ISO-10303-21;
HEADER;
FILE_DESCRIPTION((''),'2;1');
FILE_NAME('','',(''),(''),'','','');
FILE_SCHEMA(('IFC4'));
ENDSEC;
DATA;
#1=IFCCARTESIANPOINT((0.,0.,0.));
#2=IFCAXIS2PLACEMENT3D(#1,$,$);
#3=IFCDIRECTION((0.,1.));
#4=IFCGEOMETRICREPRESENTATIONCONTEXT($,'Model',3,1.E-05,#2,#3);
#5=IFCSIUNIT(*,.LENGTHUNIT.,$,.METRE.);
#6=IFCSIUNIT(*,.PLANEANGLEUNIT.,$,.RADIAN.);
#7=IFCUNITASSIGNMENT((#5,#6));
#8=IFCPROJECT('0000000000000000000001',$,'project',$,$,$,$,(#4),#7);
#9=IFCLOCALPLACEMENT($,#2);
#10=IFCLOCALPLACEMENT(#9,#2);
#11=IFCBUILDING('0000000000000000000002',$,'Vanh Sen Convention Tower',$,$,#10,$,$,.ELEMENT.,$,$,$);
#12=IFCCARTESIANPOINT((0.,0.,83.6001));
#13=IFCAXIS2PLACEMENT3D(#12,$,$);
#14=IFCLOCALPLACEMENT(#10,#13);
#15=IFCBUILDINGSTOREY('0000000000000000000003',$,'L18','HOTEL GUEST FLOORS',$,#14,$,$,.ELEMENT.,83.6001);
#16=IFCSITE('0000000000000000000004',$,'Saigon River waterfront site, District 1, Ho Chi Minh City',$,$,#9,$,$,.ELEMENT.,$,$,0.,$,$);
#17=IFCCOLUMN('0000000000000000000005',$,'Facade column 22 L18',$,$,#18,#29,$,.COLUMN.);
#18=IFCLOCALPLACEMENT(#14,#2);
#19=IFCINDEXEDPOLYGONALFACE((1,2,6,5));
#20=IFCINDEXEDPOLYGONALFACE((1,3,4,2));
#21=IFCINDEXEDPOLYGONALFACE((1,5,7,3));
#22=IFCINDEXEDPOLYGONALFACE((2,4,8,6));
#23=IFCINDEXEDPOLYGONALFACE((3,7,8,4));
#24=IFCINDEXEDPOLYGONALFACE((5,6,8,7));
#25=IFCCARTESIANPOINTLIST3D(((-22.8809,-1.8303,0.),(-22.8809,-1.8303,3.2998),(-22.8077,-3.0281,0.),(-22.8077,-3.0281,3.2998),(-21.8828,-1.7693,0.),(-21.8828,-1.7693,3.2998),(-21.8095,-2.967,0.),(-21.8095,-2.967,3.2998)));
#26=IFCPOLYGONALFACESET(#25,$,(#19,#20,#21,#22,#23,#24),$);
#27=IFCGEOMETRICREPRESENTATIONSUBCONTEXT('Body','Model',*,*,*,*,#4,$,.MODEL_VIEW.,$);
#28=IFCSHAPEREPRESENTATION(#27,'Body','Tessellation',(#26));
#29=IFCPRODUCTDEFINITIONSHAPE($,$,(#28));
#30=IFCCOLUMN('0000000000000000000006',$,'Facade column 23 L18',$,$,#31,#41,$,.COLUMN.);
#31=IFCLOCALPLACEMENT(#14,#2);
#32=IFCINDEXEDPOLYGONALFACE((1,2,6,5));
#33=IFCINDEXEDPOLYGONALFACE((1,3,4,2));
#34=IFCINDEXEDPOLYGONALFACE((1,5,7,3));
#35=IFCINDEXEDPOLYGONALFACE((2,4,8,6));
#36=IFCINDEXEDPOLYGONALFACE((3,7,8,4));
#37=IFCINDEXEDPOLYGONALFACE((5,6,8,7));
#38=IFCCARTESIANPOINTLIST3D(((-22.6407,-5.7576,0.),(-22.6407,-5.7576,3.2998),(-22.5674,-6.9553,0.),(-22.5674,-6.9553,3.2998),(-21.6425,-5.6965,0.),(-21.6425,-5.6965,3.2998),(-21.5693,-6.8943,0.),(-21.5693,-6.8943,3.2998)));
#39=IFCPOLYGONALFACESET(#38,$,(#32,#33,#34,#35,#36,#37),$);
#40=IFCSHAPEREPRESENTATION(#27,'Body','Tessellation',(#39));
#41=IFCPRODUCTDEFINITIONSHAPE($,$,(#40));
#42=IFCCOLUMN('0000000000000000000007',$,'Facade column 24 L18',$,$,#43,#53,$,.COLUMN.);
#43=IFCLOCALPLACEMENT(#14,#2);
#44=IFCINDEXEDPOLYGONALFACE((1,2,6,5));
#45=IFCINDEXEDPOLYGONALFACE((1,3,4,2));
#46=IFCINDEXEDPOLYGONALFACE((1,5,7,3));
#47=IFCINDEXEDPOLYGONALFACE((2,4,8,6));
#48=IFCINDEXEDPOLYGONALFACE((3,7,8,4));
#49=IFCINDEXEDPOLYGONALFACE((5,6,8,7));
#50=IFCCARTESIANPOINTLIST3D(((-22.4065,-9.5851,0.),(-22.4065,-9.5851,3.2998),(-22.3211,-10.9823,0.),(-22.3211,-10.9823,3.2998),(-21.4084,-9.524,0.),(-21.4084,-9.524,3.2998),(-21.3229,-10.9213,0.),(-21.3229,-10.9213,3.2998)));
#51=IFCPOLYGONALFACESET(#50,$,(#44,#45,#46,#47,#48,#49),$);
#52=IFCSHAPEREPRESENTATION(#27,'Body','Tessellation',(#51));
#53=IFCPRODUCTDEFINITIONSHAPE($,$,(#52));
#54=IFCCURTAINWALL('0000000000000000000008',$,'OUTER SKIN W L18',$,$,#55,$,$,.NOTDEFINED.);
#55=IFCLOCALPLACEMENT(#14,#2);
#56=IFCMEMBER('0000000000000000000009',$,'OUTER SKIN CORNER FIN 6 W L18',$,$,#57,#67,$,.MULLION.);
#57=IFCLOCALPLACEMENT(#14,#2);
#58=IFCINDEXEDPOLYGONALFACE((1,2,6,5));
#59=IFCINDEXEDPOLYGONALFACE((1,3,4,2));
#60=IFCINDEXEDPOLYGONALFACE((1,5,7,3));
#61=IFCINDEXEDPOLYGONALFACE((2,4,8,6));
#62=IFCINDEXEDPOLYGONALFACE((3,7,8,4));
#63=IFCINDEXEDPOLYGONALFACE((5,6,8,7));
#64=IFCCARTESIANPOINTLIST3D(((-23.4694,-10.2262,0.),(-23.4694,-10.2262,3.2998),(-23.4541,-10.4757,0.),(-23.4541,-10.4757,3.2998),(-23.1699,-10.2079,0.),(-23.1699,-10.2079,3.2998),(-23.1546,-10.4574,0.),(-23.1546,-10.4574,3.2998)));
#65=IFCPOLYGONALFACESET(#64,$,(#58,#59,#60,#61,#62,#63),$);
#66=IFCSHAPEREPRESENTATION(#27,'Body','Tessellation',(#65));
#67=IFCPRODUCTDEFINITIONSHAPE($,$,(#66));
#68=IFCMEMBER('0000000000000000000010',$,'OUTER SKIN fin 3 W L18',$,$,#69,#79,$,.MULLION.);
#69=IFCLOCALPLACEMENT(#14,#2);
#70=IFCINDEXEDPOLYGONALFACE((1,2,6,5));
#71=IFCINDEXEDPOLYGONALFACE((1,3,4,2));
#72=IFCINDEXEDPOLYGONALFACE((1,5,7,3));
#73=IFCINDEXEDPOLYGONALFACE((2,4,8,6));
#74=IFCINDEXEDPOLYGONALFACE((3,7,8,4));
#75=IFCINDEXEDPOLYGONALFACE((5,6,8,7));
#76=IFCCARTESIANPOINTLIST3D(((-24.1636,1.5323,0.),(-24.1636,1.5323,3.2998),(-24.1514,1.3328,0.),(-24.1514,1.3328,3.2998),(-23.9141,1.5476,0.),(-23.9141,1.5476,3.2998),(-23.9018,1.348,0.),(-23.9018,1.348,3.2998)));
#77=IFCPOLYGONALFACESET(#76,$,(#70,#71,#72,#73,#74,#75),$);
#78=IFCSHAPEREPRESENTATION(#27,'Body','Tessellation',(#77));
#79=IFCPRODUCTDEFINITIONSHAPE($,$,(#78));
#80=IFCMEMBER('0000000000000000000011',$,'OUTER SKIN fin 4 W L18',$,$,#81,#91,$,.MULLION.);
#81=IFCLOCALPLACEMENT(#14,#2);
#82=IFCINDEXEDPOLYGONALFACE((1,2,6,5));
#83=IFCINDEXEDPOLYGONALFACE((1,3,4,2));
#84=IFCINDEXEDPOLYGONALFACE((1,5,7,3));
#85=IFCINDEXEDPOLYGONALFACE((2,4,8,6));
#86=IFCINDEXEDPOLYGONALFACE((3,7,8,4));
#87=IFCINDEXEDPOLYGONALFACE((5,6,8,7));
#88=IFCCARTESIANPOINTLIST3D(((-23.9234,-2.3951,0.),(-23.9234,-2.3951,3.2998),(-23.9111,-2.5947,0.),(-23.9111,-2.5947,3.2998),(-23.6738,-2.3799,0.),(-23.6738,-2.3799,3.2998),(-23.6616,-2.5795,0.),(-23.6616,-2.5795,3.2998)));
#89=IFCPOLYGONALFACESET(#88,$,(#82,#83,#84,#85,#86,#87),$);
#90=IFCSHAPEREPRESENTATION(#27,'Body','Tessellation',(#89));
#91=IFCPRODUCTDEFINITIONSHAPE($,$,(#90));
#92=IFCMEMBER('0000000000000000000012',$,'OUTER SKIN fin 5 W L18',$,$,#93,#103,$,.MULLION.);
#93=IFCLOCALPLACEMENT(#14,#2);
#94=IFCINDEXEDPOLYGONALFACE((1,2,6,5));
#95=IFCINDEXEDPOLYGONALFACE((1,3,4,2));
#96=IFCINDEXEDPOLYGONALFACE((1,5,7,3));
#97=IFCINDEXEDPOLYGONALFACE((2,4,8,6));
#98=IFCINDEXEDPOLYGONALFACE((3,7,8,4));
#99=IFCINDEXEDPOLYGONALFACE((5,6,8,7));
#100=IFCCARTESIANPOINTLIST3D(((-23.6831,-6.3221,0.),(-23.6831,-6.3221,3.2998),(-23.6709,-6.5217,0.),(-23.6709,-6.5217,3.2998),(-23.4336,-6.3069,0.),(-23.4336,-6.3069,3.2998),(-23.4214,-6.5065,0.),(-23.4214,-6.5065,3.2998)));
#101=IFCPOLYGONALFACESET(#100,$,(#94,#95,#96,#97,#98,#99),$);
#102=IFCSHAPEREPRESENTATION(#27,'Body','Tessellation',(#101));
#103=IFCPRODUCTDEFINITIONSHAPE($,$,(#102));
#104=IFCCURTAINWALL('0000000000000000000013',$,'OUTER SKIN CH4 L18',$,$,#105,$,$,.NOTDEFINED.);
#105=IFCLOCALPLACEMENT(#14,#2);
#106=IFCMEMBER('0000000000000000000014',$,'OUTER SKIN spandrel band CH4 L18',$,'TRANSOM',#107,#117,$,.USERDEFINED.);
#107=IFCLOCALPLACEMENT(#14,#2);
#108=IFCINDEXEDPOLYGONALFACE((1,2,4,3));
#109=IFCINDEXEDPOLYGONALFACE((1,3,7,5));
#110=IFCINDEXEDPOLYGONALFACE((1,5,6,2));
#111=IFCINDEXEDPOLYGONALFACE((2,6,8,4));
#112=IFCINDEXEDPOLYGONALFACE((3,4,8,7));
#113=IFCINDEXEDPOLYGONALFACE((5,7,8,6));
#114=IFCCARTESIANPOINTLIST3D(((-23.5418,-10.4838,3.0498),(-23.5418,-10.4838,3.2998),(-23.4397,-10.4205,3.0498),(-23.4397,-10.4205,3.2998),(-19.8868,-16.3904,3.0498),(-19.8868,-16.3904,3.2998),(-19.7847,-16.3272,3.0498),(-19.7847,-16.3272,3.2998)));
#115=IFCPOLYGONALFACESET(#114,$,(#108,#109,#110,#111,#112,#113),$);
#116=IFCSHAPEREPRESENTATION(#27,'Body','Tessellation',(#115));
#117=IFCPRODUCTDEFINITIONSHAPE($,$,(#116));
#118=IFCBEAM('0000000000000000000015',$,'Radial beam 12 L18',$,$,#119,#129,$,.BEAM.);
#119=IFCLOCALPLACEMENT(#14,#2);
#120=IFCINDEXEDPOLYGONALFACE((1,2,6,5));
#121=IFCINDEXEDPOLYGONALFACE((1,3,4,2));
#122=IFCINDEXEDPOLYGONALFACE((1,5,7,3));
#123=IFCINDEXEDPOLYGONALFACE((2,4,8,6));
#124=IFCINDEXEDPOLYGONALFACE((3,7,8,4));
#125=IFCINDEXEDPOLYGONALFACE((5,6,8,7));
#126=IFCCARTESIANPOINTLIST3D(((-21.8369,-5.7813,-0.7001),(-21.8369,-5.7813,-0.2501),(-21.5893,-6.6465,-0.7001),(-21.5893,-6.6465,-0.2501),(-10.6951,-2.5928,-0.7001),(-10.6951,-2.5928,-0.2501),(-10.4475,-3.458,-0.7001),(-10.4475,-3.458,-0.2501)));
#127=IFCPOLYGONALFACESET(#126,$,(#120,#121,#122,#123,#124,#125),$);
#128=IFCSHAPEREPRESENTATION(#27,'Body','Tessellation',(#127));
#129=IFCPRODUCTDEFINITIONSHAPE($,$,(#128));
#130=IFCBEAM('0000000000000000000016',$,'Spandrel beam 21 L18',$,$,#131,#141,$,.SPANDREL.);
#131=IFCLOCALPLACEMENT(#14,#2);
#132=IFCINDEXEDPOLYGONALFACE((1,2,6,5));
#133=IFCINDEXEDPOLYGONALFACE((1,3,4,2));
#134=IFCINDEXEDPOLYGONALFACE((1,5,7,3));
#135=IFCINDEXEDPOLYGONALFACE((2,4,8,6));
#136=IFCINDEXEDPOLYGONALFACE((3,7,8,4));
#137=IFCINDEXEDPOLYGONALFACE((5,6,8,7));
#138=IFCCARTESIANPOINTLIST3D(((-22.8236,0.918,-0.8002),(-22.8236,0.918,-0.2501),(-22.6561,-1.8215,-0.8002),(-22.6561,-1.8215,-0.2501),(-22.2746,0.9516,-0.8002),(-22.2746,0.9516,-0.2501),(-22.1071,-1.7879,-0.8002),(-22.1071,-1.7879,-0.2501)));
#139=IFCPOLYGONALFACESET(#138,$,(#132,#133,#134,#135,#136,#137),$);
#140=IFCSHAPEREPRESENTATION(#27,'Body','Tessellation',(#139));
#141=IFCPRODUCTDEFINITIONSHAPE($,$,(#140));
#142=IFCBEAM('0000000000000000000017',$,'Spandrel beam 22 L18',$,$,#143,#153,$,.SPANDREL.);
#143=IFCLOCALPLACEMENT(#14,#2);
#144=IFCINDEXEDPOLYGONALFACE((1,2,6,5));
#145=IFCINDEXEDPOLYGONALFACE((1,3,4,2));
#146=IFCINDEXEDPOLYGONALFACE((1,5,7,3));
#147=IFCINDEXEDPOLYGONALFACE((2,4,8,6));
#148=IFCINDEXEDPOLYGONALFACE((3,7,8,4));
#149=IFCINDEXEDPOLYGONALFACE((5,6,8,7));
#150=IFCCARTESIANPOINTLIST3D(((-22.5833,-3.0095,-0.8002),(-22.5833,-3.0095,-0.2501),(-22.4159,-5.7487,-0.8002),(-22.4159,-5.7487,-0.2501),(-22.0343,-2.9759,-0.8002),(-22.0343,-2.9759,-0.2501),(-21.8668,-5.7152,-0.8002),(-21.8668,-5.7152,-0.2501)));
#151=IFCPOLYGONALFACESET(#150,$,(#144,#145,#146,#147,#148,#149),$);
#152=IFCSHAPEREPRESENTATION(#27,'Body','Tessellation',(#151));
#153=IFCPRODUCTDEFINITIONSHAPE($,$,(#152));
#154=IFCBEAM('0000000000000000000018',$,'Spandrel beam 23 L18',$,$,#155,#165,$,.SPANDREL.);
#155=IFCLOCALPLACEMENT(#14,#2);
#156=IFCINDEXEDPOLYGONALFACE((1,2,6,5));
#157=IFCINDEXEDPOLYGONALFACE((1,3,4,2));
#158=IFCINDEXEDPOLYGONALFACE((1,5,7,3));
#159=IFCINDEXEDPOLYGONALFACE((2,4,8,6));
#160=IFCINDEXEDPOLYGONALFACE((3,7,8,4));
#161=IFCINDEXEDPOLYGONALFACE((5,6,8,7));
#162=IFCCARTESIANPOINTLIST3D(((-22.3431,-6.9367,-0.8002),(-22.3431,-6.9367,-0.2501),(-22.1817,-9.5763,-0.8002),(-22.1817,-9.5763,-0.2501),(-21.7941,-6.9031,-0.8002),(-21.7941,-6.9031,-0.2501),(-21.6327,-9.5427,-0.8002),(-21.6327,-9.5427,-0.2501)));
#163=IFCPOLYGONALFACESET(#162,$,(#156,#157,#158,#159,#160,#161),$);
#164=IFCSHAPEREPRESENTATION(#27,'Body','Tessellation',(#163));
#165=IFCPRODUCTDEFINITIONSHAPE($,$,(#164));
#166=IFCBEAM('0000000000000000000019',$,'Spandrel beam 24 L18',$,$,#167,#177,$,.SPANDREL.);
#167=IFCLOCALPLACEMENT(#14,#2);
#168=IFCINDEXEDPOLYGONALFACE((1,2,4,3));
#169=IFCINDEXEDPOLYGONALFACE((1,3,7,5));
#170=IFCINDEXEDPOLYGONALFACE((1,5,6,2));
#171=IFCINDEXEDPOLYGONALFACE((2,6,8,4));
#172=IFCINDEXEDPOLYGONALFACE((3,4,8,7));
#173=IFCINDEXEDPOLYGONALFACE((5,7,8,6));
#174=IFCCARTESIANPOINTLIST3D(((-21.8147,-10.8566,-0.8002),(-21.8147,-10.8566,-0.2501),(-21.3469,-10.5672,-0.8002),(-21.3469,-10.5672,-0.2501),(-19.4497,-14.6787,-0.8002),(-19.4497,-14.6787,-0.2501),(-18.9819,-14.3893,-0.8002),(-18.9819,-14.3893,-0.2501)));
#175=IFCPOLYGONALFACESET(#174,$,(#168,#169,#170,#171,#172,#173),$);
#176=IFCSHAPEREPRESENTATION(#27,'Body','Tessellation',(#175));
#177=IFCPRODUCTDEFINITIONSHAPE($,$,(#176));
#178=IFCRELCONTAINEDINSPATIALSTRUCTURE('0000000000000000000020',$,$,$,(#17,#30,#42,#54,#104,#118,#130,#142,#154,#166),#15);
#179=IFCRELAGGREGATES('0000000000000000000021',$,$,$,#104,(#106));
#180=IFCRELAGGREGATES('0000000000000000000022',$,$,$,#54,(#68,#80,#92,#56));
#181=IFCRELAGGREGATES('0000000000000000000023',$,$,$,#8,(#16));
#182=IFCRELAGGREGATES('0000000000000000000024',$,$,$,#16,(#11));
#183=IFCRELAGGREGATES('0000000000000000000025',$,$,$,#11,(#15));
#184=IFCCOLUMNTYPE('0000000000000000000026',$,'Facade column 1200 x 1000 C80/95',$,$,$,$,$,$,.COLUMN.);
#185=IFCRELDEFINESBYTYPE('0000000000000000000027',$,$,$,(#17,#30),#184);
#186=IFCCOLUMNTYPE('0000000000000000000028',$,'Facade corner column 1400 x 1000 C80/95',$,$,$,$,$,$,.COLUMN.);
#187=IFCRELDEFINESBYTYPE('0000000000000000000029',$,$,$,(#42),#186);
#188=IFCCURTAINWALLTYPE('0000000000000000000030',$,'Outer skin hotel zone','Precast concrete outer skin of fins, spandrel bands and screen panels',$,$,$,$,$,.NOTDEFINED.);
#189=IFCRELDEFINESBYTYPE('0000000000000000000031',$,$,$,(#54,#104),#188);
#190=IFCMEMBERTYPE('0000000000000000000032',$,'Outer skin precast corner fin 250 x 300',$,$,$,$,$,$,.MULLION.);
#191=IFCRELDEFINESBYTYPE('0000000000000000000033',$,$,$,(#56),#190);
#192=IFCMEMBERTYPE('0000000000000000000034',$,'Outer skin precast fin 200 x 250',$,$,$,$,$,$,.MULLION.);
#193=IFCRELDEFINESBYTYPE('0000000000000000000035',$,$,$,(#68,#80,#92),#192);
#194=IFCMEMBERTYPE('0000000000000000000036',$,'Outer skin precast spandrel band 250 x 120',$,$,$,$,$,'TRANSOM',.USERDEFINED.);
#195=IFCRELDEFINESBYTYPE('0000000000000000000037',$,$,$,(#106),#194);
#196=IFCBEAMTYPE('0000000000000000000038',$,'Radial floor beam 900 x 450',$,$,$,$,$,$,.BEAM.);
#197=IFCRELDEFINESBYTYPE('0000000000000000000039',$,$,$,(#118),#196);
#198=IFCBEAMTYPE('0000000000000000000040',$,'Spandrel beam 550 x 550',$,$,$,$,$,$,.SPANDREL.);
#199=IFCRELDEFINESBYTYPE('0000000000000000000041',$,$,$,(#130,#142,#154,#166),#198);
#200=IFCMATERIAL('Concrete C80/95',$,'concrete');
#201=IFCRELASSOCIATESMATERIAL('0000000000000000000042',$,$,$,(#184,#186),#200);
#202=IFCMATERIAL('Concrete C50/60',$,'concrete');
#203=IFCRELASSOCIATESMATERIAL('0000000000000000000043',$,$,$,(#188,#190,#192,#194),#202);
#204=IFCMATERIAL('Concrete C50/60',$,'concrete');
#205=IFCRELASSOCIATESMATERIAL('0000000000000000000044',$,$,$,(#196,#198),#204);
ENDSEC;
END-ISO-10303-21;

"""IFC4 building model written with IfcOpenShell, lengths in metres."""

from ifc_helpers import new_model, si_unit, direction, frame, origin, origin_2d, place, context, subcontext, project, spatial, rectangle, extrude, material, material_profile, profile_set, type_object, element, aggregate, save


model = new_model("IFC4")

# Units and contexts
model_context = context("Model", 3, precision=1e-05, world=origin(), true_north=direction((0.0, 1.0)))
body_context = subcontext(model_context, "Body", "Model", "MODEL_VIEW")
ifc_project = project(units=[si_unit("LENGTHUNIT", "METRE"), si_unit("PLANEANGLEUNIT", "RADIAN")], contexts=[model_context])

# Site, building, storey
site_placement = place(None, origin())
site = spatial("IfcSite", under=ifc_project, at=site_placement, Name="Saigon River waterfront site, District 1, Ho Chi Minh City", CompositionType="ELEMENT", RefElevation=0.0)
building_placement = place(site_placement, origin())
building = spatial("IfcBuilding", under=site, at=building_placement, Name="Vanh Sen Convention Tower", CompositionType="ELEMENT")
storey_placement = place(building_placement, frame((0.0, 0.0, 83.6001)))
storey = spatial("IfcBuildingStorey", under=building, at=storey_placement, Name="L18", Description="HOTEL GUEST FLOORS", CompositionType="ELEMENT", Elevation=83.6001)

# Columns
ifc_material_1 = material(Name="Concrete C80/95", Category="concrete")
ifc_material_profile_1 = material_profile(ifc_material_1, rectangle(XDim=1.2, YDim=1.0, at=origin_2d()), Name="RC 1200X1000")
ifc_profile_set_1 = profile_set([ifc_material_profile_1], Name="Concrete C80/95")
column_type_1 = type_object("IfcColumnType", Name="Facade column 1200 x 1000 C80/95", PredefinedType="COLUMN", material=ifc_profile_set_1)
for number, where, z_axis, x_axis, name in (
    (1, (-22.3452, -2.3987, 0.0), (0.0, 0.0, 1.0), (0.061049, -0.998135, 0.0), "Facade column 22 L18"),
    (2, (-22.105, -6.3259, 0.0), (0.0, 0.0, 1.0), (0.061049, -0.998135, 0.0), "Facade column 23 L18"),
):
    element("IfcColumn", number, at=place(storey_placement, frame(where, z_axis=z_axis, x_axis=x_axis)), inside=storey, type_object=column_type_1, Name=name, PredefinedType="COLUMN", context=body_context, shape_type="SweptSolid", body=[
        extrude(rectangle(XDim=1.2, YDim=1.0, at=origin_2d()), origin(), (0.0, 0.0, 1.0), 3.2998),
    ])
ifc_material_profile_2 = material_profile(ifc_material_1, rectangle(XDim=1.3999, YDim=1.0, at=origin_2d()), Name="RC 1400X1000")
ifc_profile_set_2 = profile_set([ifc_material_profile_2], Name="Concrete C80/95")
column_type_2 = type_object("IfcColumnType", Name="Facade corner column 1400 x 1000 C80/95", PredefinedType="COLUMN", material=ifc_profile_set_2)
column_placement = place(storey_placement, frame((-21.8647, -10.2532, 0.0), z_axis=(0.0, 0.0, 1.0), x_axis=(0.061049, -0.998135, 0.0)))
element("IfcColumn", 3, at=column_placement, inside=storey, type_object=column_type_2, Name="Facade column 24 L18", PredefinedType="COLUMN", context=body_context, shape_type="SweptSolid", body=[
    extrude(rectangle(XDim=1.3999, YDim=1.0, at=origin_2d()), origin(), (0.0, 0.0, 1.0), 3.2998),
])

# Curtain wall, members
ifc_material_2 = material(Name="Concrete C50/60", Category="concrete")
curtain_wall_type = type_object("IfcCurtainWallType", Name="Outer skin hotel zone", Description="Precast concrete outer skin of fins, spandrel bands and screen panels", PredefinedType="NOTDEFINED", material=ifc_material_2)
curtain_wall_1_placement = place(storey_placement, origin())
curtain_wall_1 = element("IfcCurtainWall", 4, at=curtain_wall_1_placement, inside=storey, type_object=curtain_wall_type, Name="OUTER SKIN W L18", PredefinedType="NOTDEFINED")
ifc_material_profile_3 = material_profile(ifc_material_2, rectangle(XDim=0.25, YDim=0.3, at=origin_2d()), Name="Outer skin precast corner fin 250 x 300")
ifc_profile_set_3 = profile_set([ifc_material_profile_3], Name="Concrete C50/60")
member_type_1 = type_object("IfcMemberType", Name="Outer skin precast corner fin 250 x 300", PredefinedType="MULLION", material=ifc_profile_set_3)
member_1_placement = place(storey_placement, frame((-23.312, -10.3418, 0.0), z_axis=(0.0, 0.0, 1.0), x_axis=(0.061049, -0.998135, 0.0)))
member_1 = element("IfcMember", 5, at=member_1_placement, type_object=member_type_1, Name="OUTER SKIN CORNER FIN 6 W L18", PredefinedType="MULLION", context=body_context, shape_type="SweptSolid", body=[
    extrude(rectangle(XDim=0.25, YDim=0.3, at=origin_2d()), origin(), (0.0, 0.0, 1.0), 3.2998),
])
ifc_material_profile_4 = material_profile(ifc_material_2, rectangle(XDim=0.2, YDim=0.25, at=origin_2d()), Name="Outer skin precast fin 200 x 250")
ifc_profile_set_4 = profile_set([ifc_material_profile_4], Name="Concrete C50/60")
member_type_2 = type_object("IfcMemberType", Name="Outer skin precast fin 200 x 250", PredefinedType="MULLION", material=ifc_profile_set_4)
member_2_placement = place(storey_placement, frame((-24.0327, 1.4402, 0.0), z_axis=(0.0, 0.0, 1.0), x_axis=(0.061049, -0.998135, 0.0)))
member_2 = element("IfcMember", 6, at=member_2_placement, type_object=member_type_2, Name="OUTER SKIN fin 3 W L18", PredefinedType="MULLION", context=body_context, shape_type="SweptSolid", body=[
    extrude(rectangle(XDim=0.2, YDim=0.25, at=origin_2d()), origin(), (0.0, 0.0, 1.0), 3.2998),
])
member_3_placement = place(storey_placement, frame((-23.7925, -2.4873, 0.0), z_axis=(0.0, 0.0, 1.0), x_axis=(0.061049, -0.998135, 0.0)))
member_3 = element("IfcMember", 7, at=member_3_placement, type_object=member_type_2, Name="OUTER SKIN fin 4 W L18", PredefinedType="MULLION", context=body_context, shape_type="SweptSolid", body=[
    extrude(rectangle(XDim=0.2, YDim=0.25, at=origin_2d()), origin(), (0.0, 0.0, 1.0), 3.2998),
])
member_4_placement = place(storey_placement, frame((-23.5522, -6.4143, 0.0), z_axis=(0.0, 0.0, 1.0), x_axis=(0.061049, -0.998135, 0.0)))
member_4 = element("IfcMember", 8, at=member_4_placement, type_object=member_type_2, Name="OUTER SKIN fin 5 W L18", PredefinedType="MULLION", context=body_context, shape_type="SweptSolid", body=[
    extrude(rectangle(XDim=0.2, YDim=0.25, at=origin_2d()), origin(), (0.0, 0.0, 1.0), 3.2998),
])

# Curtain wall, member
curtain_wall_2_placement = place(storey_placement, origin())
curtain_wall_2 = element("IfcCurtainWall", 9, at=curtain_wall_2_placement, inside=storey, type_object=curtain_wall_type, Name="OUTER SKIN CH4 L18", PredefinedType="NOTDEFINED")
ifc_material_profile_5 = material_profile(ifc_material_2, rectangle(XDim=0.1201, YDim=0.25, at=origin_2d()), Name="Outer skin precast spandrel band 250 x 120")
ifc_profile_set_5 = profile_set([ifc_material_profile_5], Name="Concrete C50/60")
member_type_3 = type_object("IfcMemberType", Name="Outer skin precast spandrel band 250 x 120", ElementType="TRANSOM", PredefinedType="USERDEFINED", material=ifc_profile_set_5)
member_5_placement = place(storey_placement, frame((-23.4907, -10.4521, 3.1748), z_axis=(0.526196, -0.850363, 0.0), x_axis=(0.850363, 0.526196, 0.0)))
member_5 = element("IfcMember", 10, at=member_5_placement, type_object=member_type_3, Name="OUTER SKIN spandrel band CH4 L18", ObjectType="TRANSOM", PredefinedType="USERDEFINED", context=body_context, shape_type="SweptSolid", body=[
    extrude(rectangle(XDim=0.1201, YDim=0.25, at=origin_2d()), origin(), (0.0, 0.0, 1.0), 6.946),
])
aggregate(curtain_wall_2, [member_5])

# Beams
ifc_material_3 = material(Name="Concrete C50/60", Category="concrete")
ifc_material_profile_6 = material_profile(ifc_material_3, rectangle(XDim=0.8999, YDim=0.45, at=origin_2d()), Name="RC 900X450")
ifc_profile_set_6 = profile_set([ifc_material_profile_6], Name="Concrete C50/60")
beam_type_1 = type_object("IfcBeamType", Name="Radial floor beam 900 x 450", PredefinedType="BEAM", material=ifc_profile_set_6)
beam_1_placement = place(storey_placement, frame((-21.7131, -6.2139, -0.4751), z_axis=(0.961408, 0.275127, 0.0), x_axis=(-0.275127, 0.961408, 0.0)))
element("IfcBeam", 11, at=beam_1_placement, inside=storey, type_object=beam_type_1, Name="Radial beam 12 L18", PredefinedType="BEAM", context=body_context, shape_type="SweptSolid", body=[
    extrude(rectangle(XDim=0.8999, YDim=0.45, at=origin_2d()), origin(), (0.0, 0.0, 1.0), 11.5891),
])
ifc_material_profile_7 = material_profile(ifc_material_3, rectangle(XDim=0.55, YDim=0.55, at=origin_2d()), Name="RC 550X550")
ifc_profile_set_7 = profile_set([ifc_material_profile_7], Name="Concrete C50/60")
beam_type_2 = type_object("IfcBeamType", Name="Spandrel beam 550 x 550", PredefinedType="SPANDREL", material=ifc_profile_set_7)
beam_2_placement = place(storey_placement, frame((-22.5491, 0.9348, -0.5251), z_axis=(0.061021, -0.998136, 0.0), x_axis=(0.998136, 0.061021, 0.0)))
element("IfcBeam", 12, at=beam_2_placement, inside=storey, type_object=beam_type_2, Name="Spandrel beam 21 L18", PredefinedType="SPANDREL", context=body_context, shape_type="SweptSolid", body=[
    extrude(rectangle(XDim=0.55, YDim=0.55, at=origin_2d()), origin(), (0.0, 0.0, 1.0), 2.7446),
])
beam_3_placement = place(storey_placement, frame((-22.3088, -2.9927, -0.5251), z_axis=(0.061027, -0.998136, 0.0), x_axis=(0.998136, 0.061027, 0.0)))
element("IfcBeam", 13, at=beam_3_placement, inside=storey, type_object=beam_type_2, Name="Spandrel beam 22 L18", PredefinedType="SPANDREL", context=body_context, shape_type="SweptSolid", body=[
    extrude(rectangle(XDim=0.55, YDim=0.55, at=origin_2d()), origin(), (0.0, 0.0, 1.0), 2.7444),
])
beam_4_placement = place(storey_placement, frame((-22.0686, -6.9199, -0.5251), z_axis=(0.061022, -0.998136, 0.0), x_axis=(0.998136, 0.061022, 0.0)))
element("IfcBeam", 14, at=beam_4_placement, inside=storey, type_object=beam_type_2, Name="Spandrel beam 23 L18", PredefinedType="SPANDREL", context=body_context, shape_type="SweptSolid", body=[
    extrude(rectangle(XDim=0.55, YDim=0.55, at=origin_2d()), origin(), (0.0, 0.0, 1.0), 2.6445),
])
beam_5_placement = place(storey_placement, frame((-21.5808, -10.7119, -0.5251), z_axis=(0.52619, -0.850367, 0.0), x_axis=(0.850367, 0.52619, 0.0)))
element("IfcBeam", 15, at=beam_5_placement, inside=storey, type_object=beam_type_2, Name="Spandrel beam 24 L18", PredefinedType="SPANDREL", context=body_context, shape_type="SweptSolid", body=[
    extrude(rectangle(XDim=0.55, YDim=0.55, at=origin_2d()), origin(), (0.0, 0.0, 1.0), 4.4946),
])

aggregate(curtain_wall_1, [member_2, member_3, member_4, member_1])

save(model, "model.ifc")
